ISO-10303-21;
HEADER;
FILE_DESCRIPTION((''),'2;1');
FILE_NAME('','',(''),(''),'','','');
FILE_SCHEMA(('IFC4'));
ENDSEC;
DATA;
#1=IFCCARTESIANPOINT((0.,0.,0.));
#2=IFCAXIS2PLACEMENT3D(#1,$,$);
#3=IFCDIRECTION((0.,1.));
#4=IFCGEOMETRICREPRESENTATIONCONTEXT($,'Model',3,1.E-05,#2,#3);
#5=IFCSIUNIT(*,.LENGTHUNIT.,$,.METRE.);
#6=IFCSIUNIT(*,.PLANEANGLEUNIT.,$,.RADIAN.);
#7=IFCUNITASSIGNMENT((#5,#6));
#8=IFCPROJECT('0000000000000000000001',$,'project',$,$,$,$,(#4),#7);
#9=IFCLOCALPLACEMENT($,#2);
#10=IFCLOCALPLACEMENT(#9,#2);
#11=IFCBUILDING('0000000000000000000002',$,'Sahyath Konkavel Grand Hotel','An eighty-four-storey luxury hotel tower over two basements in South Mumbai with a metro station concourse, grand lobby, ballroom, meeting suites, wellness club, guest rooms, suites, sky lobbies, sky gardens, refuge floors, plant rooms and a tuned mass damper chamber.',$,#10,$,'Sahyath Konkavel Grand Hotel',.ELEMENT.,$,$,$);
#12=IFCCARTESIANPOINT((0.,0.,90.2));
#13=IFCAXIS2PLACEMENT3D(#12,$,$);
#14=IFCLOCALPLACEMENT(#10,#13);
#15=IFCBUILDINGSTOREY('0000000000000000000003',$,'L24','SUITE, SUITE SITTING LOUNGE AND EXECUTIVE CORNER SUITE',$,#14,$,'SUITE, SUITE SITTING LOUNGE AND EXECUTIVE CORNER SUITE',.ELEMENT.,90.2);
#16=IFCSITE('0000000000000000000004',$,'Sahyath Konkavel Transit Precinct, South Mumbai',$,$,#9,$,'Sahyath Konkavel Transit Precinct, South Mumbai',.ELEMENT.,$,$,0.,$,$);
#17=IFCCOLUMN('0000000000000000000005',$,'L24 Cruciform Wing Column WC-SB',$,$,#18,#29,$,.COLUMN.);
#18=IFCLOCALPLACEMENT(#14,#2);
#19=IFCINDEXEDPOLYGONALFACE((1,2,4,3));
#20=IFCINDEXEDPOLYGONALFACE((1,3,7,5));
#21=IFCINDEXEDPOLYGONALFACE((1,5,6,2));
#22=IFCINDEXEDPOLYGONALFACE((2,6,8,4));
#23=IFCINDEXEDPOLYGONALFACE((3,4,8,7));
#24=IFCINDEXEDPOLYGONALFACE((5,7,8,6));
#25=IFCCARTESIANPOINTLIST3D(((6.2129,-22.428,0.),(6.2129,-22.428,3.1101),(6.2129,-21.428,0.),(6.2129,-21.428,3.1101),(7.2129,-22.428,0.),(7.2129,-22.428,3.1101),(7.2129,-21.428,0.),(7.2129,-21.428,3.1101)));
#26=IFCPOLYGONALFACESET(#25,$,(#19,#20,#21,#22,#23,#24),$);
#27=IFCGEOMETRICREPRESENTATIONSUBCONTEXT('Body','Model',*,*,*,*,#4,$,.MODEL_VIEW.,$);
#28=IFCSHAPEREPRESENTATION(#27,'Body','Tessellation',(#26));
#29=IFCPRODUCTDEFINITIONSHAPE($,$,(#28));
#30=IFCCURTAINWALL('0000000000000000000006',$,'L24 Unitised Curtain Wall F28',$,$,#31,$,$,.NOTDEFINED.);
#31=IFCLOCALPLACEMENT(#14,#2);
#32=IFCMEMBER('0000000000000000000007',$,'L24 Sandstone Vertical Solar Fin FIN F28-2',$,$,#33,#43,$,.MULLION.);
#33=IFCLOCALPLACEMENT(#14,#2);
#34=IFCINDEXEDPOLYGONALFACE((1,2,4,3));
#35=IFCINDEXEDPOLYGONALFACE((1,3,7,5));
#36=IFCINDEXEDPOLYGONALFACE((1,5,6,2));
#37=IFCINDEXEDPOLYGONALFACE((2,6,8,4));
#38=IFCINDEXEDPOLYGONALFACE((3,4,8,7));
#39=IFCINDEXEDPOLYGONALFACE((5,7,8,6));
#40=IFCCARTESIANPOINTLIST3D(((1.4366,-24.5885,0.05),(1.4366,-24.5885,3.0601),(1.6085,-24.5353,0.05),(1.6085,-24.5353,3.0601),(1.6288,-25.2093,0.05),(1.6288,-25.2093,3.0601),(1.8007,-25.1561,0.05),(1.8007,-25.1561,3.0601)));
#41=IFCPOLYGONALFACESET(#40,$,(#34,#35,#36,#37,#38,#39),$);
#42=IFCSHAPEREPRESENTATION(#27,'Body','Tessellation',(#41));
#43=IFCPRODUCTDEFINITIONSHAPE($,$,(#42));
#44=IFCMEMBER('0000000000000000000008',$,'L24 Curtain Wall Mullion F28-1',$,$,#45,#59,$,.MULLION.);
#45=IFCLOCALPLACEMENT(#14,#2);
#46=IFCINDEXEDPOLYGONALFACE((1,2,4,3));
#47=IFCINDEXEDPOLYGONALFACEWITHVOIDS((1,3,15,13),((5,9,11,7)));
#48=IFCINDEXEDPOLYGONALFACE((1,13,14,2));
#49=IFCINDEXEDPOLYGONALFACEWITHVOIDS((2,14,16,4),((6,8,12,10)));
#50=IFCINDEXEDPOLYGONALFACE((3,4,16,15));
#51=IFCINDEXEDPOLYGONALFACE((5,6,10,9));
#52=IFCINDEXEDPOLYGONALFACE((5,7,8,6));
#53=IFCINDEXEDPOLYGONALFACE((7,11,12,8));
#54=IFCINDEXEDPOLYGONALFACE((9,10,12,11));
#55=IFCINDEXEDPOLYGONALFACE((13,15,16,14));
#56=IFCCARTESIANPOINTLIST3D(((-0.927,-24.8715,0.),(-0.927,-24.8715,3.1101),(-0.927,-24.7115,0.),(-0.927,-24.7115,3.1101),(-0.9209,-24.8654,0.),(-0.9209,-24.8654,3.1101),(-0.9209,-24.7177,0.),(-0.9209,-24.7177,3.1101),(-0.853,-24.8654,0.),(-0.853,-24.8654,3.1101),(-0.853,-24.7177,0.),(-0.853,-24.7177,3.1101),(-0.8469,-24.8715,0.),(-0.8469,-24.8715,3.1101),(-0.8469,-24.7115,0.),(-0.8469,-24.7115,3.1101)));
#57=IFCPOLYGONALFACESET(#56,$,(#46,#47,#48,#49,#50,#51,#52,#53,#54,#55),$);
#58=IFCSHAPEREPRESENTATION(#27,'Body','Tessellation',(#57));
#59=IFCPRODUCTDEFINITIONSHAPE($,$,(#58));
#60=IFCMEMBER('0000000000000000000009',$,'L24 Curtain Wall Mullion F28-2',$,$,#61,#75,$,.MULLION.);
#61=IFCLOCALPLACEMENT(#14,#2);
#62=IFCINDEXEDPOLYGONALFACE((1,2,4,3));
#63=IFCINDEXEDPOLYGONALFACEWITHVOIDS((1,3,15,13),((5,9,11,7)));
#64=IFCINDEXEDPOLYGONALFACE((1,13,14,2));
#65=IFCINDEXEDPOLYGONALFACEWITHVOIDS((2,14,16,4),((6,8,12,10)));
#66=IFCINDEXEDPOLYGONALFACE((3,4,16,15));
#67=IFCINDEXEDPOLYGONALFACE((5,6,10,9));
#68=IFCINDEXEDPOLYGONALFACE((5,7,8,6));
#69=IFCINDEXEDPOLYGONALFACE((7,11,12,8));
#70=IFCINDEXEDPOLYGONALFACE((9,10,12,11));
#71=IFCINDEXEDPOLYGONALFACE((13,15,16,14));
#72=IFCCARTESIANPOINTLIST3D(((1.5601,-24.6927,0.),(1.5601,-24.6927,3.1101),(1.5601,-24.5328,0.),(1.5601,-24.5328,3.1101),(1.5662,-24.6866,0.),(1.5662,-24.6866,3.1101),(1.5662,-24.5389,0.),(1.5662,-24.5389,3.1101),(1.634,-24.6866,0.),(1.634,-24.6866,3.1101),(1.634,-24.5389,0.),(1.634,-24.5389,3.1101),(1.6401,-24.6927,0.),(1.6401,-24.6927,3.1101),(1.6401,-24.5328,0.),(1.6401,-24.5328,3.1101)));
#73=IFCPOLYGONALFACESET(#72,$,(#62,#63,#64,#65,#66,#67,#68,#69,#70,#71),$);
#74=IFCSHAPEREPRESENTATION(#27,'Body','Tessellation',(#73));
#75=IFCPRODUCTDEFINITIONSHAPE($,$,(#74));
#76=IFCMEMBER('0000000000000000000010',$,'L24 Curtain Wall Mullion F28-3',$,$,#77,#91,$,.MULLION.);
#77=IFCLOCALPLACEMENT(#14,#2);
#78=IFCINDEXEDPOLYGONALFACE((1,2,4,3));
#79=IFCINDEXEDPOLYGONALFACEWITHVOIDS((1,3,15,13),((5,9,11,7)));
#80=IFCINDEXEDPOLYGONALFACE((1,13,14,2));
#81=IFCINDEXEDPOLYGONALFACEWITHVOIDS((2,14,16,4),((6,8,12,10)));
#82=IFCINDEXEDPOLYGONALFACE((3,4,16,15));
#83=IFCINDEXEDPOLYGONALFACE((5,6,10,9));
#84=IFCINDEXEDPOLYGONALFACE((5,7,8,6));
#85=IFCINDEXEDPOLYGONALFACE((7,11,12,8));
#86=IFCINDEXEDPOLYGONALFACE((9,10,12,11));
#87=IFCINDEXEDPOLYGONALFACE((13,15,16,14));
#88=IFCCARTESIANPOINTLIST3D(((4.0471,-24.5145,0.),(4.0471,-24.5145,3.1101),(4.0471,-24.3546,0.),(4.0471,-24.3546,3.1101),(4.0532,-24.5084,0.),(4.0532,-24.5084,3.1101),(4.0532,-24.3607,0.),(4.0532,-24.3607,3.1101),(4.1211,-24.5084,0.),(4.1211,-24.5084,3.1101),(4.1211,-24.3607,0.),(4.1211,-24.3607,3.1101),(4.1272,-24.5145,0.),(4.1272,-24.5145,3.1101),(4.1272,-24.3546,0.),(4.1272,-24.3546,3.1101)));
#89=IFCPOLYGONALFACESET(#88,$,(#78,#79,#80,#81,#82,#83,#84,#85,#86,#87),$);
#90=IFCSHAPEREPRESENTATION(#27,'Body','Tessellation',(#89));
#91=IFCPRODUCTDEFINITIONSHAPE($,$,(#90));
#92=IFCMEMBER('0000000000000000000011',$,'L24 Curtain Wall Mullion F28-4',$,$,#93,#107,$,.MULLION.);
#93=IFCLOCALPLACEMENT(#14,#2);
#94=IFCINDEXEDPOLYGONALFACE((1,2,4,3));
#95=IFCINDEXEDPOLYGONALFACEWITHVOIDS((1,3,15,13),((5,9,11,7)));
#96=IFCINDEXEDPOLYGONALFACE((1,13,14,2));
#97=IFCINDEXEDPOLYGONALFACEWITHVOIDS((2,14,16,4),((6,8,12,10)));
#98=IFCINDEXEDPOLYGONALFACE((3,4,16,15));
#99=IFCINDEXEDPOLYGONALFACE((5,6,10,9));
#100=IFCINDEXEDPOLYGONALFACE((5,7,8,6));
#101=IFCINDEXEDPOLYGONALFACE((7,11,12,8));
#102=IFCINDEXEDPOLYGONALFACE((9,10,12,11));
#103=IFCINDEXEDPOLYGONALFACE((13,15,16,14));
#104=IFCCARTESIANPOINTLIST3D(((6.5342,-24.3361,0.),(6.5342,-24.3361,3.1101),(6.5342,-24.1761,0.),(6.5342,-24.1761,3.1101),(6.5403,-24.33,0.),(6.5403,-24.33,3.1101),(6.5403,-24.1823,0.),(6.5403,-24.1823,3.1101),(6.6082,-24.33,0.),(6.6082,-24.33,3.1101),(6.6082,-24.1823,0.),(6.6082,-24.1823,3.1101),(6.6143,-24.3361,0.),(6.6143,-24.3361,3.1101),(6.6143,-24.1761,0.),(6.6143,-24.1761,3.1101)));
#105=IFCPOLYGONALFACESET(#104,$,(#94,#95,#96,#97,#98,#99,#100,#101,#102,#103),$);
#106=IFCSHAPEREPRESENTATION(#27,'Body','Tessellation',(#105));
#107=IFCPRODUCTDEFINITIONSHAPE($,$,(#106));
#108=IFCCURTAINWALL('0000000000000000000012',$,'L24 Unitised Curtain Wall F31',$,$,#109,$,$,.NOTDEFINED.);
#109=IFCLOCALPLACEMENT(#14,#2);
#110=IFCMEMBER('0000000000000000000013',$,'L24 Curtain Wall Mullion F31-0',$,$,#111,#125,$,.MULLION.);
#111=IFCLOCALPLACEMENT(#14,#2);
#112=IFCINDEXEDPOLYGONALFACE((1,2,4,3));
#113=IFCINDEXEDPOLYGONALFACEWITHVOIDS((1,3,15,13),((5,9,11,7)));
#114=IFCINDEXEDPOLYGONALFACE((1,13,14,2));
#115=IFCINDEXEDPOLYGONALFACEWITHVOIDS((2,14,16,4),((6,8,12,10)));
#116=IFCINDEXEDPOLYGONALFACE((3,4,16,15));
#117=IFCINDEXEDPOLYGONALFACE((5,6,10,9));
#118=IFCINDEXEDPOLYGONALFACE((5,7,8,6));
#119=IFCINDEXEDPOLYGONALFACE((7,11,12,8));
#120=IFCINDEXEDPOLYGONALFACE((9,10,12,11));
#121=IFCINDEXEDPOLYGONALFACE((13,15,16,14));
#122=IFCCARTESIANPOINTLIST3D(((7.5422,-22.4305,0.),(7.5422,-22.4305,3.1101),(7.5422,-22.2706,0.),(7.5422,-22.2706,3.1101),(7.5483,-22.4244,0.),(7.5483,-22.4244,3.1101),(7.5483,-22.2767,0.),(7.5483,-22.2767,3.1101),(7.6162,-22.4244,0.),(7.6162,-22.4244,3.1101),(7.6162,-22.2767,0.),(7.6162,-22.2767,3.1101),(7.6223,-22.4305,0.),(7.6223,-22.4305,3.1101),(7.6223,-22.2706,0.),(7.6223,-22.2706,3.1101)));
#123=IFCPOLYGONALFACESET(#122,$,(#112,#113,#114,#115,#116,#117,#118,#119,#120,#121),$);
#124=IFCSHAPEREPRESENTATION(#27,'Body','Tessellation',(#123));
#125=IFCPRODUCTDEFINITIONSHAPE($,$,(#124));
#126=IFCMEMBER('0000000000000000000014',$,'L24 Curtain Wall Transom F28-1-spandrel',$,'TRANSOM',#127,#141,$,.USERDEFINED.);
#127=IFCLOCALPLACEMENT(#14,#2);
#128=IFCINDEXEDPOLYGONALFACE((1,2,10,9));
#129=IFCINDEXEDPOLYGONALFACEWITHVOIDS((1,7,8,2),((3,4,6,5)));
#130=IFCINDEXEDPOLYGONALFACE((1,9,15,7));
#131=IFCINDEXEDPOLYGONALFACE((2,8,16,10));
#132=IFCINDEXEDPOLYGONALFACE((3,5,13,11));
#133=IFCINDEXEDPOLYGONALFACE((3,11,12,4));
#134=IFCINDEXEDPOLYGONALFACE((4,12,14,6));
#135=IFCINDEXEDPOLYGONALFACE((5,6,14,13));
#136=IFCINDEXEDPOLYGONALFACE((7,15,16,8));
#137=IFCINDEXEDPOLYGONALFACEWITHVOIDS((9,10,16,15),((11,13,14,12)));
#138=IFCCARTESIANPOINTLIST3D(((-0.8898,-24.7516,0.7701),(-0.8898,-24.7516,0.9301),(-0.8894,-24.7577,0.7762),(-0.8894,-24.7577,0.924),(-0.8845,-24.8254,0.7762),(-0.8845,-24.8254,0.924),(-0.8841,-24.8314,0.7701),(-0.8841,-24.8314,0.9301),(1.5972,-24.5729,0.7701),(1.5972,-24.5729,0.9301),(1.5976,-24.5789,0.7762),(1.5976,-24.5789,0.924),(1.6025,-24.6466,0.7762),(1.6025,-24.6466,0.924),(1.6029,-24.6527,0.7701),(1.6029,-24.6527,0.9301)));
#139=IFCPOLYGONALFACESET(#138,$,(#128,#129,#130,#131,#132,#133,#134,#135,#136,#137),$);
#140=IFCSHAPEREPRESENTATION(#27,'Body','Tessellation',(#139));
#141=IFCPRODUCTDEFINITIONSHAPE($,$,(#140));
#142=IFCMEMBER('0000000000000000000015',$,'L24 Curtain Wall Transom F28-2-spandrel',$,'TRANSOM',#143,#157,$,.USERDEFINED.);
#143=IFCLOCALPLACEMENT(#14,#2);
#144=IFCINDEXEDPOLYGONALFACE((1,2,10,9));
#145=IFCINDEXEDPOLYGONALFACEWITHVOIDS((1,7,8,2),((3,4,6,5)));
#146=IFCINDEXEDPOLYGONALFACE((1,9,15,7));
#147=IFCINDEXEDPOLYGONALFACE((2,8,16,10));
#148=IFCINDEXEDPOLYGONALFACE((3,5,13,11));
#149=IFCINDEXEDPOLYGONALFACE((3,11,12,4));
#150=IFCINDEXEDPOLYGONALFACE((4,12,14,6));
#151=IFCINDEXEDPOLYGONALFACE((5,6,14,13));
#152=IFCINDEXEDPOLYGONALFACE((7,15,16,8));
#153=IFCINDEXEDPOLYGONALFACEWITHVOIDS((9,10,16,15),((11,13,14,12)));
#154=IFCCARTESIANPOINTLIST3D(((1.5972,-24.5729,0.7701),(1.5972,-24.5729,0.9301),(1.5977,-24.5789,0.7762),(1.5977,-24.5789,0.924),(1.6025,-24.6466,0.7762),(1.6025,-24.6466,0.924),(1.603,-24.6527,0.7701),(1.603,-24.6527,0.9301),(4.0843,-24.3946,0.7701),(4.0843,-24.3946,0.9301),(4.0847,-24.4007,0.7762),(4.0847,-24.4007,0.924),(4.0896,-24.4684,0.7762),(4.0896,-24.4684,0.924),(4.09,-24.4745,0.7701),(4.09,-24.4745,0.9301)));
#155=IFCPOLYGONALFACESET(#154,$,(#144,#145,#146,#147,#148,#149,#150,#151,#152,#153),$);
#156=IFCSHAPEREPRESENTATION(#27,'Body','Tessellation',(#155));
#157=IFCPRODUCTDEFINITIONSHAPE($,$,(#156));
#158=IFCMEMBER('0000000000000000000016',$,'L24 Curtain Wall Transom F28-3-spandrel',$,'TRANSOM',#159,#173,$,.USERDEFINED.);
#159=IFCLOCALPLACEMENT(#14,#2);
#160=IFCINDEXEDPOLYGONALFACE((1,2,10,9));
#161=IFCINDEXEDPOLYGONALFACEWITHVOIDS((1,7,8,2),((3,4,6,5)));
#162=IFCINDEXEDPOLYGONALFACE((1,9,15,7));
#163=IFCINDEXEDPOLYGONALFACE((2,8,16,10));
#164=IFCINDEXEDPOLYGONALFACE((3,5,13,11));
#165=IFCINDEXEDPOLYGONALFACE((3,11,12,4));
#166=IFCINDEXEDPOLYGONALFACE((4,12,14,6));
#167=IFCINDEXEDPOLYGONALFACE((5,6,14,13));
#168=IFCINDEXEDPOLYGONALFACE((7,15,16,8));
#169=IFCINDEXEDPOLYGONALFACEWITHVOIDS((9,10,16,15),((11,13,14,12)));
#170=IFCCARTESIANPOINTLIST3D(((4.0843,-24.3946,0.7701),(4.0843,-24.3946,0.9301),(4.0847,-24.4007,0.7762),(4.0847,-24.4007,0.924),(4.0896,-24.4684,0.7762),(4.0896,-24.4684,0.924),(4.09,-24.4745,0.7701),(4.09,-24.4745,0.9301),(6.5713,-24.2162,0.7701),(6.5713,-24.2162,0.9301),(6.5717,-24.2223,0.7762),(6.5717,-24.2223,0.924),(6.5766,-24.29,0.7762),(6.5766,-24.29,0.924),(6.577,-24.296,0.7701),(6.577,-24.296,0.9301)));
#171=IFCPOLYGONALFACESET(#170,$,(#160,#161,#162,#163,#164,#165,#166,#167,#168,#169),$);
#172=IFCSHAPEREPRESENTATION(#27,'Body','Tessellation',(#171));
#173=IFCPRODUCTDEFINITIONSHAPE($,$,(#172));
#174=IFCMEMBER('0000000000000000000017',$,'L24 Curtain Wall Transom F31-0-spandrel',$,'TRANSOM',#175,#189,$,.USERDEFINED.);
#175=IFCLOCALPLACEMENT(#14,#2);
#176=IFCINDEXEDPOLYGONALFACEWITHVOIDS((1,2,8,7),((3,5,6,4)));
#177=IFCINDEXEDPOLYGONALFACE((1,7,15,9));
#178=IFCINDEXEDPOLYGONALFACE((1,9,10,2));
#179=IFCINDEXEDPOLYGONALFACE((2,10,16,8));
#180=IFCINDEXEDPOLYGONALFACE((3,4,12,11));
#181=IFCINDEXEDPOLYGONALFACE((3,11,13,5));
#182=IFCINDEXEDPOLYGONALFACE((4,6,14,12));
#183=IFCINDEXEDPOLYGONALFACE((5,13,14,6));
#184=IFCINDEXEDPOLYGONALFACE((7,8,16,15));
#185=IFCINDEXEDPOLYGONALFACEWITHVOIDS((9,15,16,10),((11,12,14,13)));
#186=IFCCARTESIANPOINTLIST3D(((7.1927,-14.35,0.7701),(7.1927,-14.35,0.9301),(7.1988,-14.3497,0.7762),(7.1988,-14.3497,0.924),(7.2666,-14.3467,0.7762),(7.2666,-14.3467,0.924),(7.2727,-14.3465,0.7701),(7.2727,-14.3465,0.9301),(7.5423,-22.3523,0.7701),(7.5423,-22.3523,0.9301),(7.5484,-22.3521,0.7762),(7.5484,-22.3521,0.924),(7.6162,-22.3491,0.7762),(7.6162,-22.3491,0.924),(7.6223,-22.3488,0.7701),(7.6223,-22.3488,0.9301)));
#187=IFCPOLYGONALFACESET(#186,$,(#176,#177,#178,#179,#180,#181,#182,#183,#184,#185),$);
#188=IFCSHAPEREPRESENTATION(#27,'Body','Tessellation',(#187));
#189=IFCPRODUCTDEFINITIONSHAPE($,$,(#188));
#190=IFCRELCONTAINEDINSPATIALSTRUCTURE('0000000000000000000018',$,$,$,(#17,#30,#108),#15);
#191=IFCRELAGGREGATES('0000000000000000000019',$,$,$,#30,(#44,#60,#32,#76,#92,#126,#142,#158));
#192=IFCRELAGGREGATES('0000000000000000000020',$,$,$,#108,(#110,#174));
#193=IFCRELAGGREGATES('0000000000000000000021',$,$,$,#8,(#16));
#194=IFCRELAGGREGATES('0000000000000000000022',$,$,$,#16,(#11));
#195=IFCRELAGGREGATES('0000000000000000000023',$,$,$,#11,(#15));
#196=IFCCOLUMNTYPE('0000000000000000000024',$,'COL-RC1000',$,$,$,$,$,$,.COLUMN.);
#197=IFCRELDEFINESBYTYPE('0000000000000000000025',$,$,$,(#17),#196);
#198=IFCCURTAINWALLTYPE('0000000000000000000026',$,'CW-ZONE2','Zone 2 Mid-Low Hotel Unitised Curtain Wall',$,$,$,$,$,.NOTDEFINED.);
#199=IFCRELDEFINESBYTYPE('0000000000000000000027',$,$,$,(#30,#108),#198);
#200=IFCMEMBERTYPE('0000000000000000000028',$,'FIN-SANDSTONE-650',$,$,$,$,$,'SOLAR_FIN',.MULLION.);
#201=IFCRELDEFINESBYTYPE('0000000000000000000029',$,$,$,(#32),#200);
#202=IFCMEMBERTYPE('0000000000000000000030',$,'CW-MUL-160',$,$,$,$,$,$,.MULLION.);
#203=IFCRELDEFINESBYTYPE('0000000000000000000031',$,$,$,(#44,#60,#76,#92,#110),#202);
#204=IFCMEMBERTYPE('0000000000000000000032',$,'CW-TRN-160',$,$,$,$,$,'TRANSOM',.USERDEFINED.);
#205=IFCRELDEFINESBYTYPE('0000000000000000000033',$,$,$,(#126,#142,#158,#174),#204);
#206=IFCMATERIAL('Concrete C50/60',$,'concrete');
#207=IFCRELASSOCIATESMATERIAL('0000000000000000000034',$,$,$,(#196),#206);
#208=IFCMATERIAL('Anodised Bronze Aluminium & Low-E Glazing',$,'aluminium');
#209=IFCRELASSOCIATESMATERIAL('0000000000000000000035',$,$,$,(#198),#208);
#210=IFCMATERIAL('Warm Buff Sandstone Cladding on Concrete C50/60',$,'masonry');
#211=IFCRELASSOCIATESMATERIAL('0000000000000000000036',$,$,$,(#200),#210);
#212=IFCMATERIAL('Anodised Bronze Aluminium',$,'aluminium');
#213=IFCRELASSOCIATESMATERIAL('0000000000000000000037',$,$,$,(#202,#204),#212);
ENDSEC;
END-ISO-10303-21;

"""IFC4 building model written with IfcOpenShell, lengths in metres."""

from ifc_helpers import new_model, si_unit, direction, frame, origin, origin_2d, place, context, subcontext, project, spatial, rectangle, hollow_rectangle, extrude, source, transform, mapped, material, material_profile, profile_set, type_object, element, aggregate, save


model = new_model("IFC4")

# Units and contexts
model_context = context("Model", 3, precision=1e-05, world=origin(), true_north=direction((0.0, 1.0)))
body_context = subcontext(model_context, "Body", "Model", "MODEL_VIEW")
ifc_project = project(units=[si_unit("LENGTHUNIT", "METRE"), si_unit("PLANEANGLEUNIT", "RADIAN")], contexts=[model_context])

# Site, building, storey
site_placement = place(None, origin())
site = spatial("IfcSite", under=ifc_project, at=site_placement, Name="Sahyath Konkavel Transit Precinct, South Mumbai", LongName="Sahyath Konkavel Transit Precinct, South Mumbai", CompositionType="ELEMENT", RefElevation=0.0)
building_placement = place(site_placement, origin())
building = spatial("IfcBuilding", under=site, at=building_placement, Name="Sahyath Konkavel Grand Hotel", Description="An eighty-four-storey luxury hotel tower over two basements in South Mumbai with a metro station concourse, grand lobby, ballroom, meeting suites, wellness club, guest rooms, suites, sky lobbies, sky gardens, refuge floors, plant rooms and a tuned mass damper chamber.", LongName="Sahyath Konkavel Grand Hotel", CompositionType="ELEMENT")
storey_placement = place(building_placement, frame((0.0, 0.0, 90.2)))
storey = spatial("IfcBuildingStorey", under=building, at=storey_placement, Name="L24", Description="SUITE, SUITE SITTING LOUNGE AND EXECUTIVE CORNER SUITE", LongName="SUITE, SUITE SITTING LOUNGE AND EXECUTIVE CORNER SUITE", CompositionType="ELEMENT", Elevation=90.2)

# Column
ifc_material_1 = material(Name="Concrete C50/60", Category="concrete")
ifc_material_profile_1 = material_profile(ifc_material_1, rectangle(XDim=1.0, YDim=1.0, at=origin_2d()), Name="RC 1000x1000")
ifc_profile_set_1 = profile_set([ifc_material_profile_1], Name="Concrete C50/60")
column_type = type_object("IfcColumnType", Name="COL-RC1000", PredefinedType="COLUMN", material=ifc_profile_set_1)
shared_shape_1 = source(origin(), body_context, "Body", "SweptSolid", [
    extrude(rectangle(XDim=1.0, YDim=1.0, at=origin_2d()), origin(), (0.0, 0.0, 1.0), 3.1101),
])
column_placement = place(storey_placement, frame((6.7129, -21.928, 0.0), z_axis=(0.0, 0.0, 1.0), x_axis=(1.0, 0.0, 0.0)))
element("IfcColumn", 1, at=column_placement, inside=storey, type_object=column_type, Name="L24 Cruciform Wing Column WC-SB", PredefinedType="COLUMN", context=body_context, shape_type="MappedRepresentation", body=[
    mapped(shared_shape_1, transform((0.0, 0.0, 0.0), scale=1.0)),
])

# Curtain wall, members
ifc_material_2 = material(Name="Anodised Bronze Aluminium & Low-E Glazing", Category="aluminium")
curtain_wall_type = type_object("IfcCurtainWallType", Name="CW-ZONE2", Description="Zone 2 Mid-Low Hotel Unitised Curtain Wall", PredefinedType="NOTDEFINED", material=ifc_material_2)
curtain_wall_1_placement = place(storey_placement, origin())
curtain_wall_1 = element("IfcCurtainWall", 2, at=curtain_wall_1_placement, inside=storey, type_object=curtain_wall_type, Name="L24 Unitised Curtain Wall F28", PredefinedType="NOTDEFINED")
ifc_material_3 = material(Name="Warm Buff Sandstone Cladding on Concrete C50/60", Category="masonry")
ifc_material_profile_2 = material_profile(ifc_material_3, rectangle(XDim=0.1799, YDim=0.6499, at=origin_2d()), Name="FIN 180x650")
ifc_profile_set_2 = profile_set([ifc_material_profile_2], Name="Warm Buff Sandstone Cladding on Concrete C50/60")
member_type_1 = type_object("IfcMemberType", Name="FIN-SANDSTONE-650", ElementType="SOLAR_FIN", PredefinedType="MULLION", material=ifc_profile_set_2)
shared_shape_2 = source(origin(), body_context, "Body", "SweptSolid", [
    extrude(rectangle(XDim=0.1799, YDim=0.6499, at=origin_2d()), origin(), (0.0, 0.0, 1.0), 3.01),
])
member_1_placement = place(storey_placement, frame((1.6187, -24.8723, 0.05), z_axis=(0.0, 0.0, 1.0), x_axis=(0.955278, 0.295708, 0.0)))
member_1 = element("IfcMember", 3, at=member_1_placement, type_object=member_type_1, Name="L24 Sandstone Vertical Solar Fin FIN F28-2", PredefinedType="MULLION", context=body_context, shape_type="MappedRepresentation", body=[
    mapped(shared_shape_2, transform((0.0, 0.0, 0.0), scale=1.0)),
])
ifc_material_4 = material(Name="Anodised Bronze Aluminium", Category="aluminium")
ifc_material_profile_3 = material_profile(ifc_material_4, hollow_rectangle(XDim=0.0801, YDim=0.1599, WallThickness=0.0061, at=origin_2d()), Name="RHS 160x80x6")
ifc_profile_set_3 = profile_set([ifc_material_profile_3], Name="Anodised Bronze Aluminium")
member_type_2 = type_object("IfcMemberType", Name="CW-MUL-160", PredefinedType="MULLION", material=ifc_profile_set_3)
shared_shape_3 = source(origin(), body_context, "Body", "SweptSolid", [
    extrude(hollow_rectangle(XDim=0.0801, YDim=0.1599, WallThickness=0.0061, at=origin_2d()), origin(), (0.0, 0.0, 1.0), 3.1101),
])
member_2_placement = place(storey_placement, frame((-0.887, -24.7915, 0.0), z_axis=(0.0, 0.0, 1.0), x_axis=(1.0, 0.0, 0.0)))
member_2 = element("IfcMember", 4, at=member_2_placement, type_object=member_type_2, Name="L24 Curtain Wall Mullion F28-1", PredefinedType="MULLION", context=body_context, shape_type="MappedRepresentation", body=[
    mapped(shared_shape_3, transform((0.0, 0.0, 0.0), scale=1.0)),
])
member_3_placement = place(storey_placement, frame((1.6001, -24.6128, 0.0), z_axis=(0.0, 0.0, 1.0), x_axis=(1.0, 0.0, 0.0)))
member_3 = element("IfcMember", 5, at=member_3_placement, type_object=member_type_2, Name="L24 Curtain Wall Mullion F28-2", PredefinedType="MULLION", context=body_context, shape_type="MappedRepresentation", body=[
    mapped(shared_shape_3, transform((0.0, 0.0, 0.0), scale=1.0)),
])
member_4_placement = place(storey_placement, frame((4.0872, -24.4346, 0.0), z_axis=(0.0, 0.0, 1.0), x_axis=(1.0, 0.0, 0.0)))
member_4 = element("IfcMember", 6, at=member_4_placement, type_object=member_type_2, Name="L24 Curtain Wall Mullion F28-3", PredefinedType="MULLION", context=body_context, shape_type="MappedRepresentation", body=[
    mapped(shared_shape_3, transform((0.0, 0.0, 0.0), scale=1.0)),
])
member_5_placement = place(storey_placement, frame((6.5742, -24.2561, 0.0), z_axis=(0.0, 0.0, 1.0), x_axis=(1.0, 0.0, 0.0)))
member_5 = element("IfcMember", 7, at=member_5_placement, type_object=member_type_2, Name="L24 Curtain Wall Mullion F28-4", PredefinedType="MULLION", context=body_context, shape_type="MappedRepresentation", body=[
    mapped(shared_shape_3, transform((0.0, 0.0, 0.0), scale=1.0)),
])

# Curtain wall, member
curtain_wall_2_placement = place(storey_placement, origin())
curtain_wall_2 = element("IfcCurtainWall", 8, at=curtain_wall_2_placement, inside=storey, type_object=curtain_wall_type, Name="L24 Unitised Curtain Wall F31", PredefinedType="NOTDEFINED")
member_6_placement = place(storey_placement, frame((7.5823, -22.3506, 0.0), z_axis=(0.0, 0.0, 1.0), x_axis=(1.0, 0.0, 0.0)))
member_6 = element("IfcMember", 9, at=member_6_placement, type_object=member_type_2, Name="L24 Curtain Wall Mullion F31-0", PredefinedType="MULLION", context=body_context, shape_type="MappedRepresentation", body=[
    mapped(shared_shape_3, transform((0.0, 0.0, 0.0), scale=1.0)),
])

# Members
ifc_material_profile_4 = material_profile(ifc_material_4, hollow_rectangle(XDim=0.0801, YDim=0.1599, WallThickness=0.0061, at=origin_2d()), Name="RHS 160x80x6")
ifc_profile_set_4 = profile_set([ifc_material_profile_4], Name="Anodised Bronze Aluminium")
member_type_3 = type_object("IfcMemberType", Name="CW-TRN-160", ElementType="TRANSOM", PredefinedType="USERDEFINED", material=ifc_profile_set_4)
shared_shape_4 = source(origin(), body_context, "Body", "SweptSolid", [
    extrude(hollow_rectangle(XDim=0.0801, YDim=0.1599, WallThickness=0.0061, at=origin_2d()), origin(), (0.0, 0.0, 1.0), 2.4934),
])
member_7_placement = place(storey_placement, frame((-0.887, -24.7915, 0.8501), z_axis=(0.997428, 0.071671, 0.0), x_axis=(-0.071671, 0.997428, 0.0)))
member_7 = element("IfcMember", 10, at=member_7_placement, type_object=member_type_3, Name="L24 Curtain Wall Transom F28-1-spandrel", ObjectType="TRANSOM", PredefinedType="USERDEFINED", context=body_context, shape_type="MappedRepresentation", body=[
    mapped(shared_shape_4, transform((0.0, 0.0, 0.0), scale=1.0)),
])
member_8_placement = place(storey_placement, frame((1.6001, -24.6128, 0.8501), z_axis=(0.997442, 0.071477, 0.0), x_axis=(-0.071477, 0.997442, 0.0)))
member_8 = element("IfcMember", 11, at=member_8_placement, type_object=member_type_3, Name="L24 Curtain Wall Transom F28-2-spandrel", ObjectType="TRANSOM", PredefinedType="USERDEFINED", context=body_context, shape_type="MappedRepresentation", body=[
    mapped(shared_shape_4, transform((0.0, 0.0, 0.0), scale=1.0)),
])
member_9_placement = place(storey_placement, frame((4.0872, -24.4346, 0.8501), z_axis=(0.997435, 0.071574, 0.0), x_axis=(-0.071574, 0.997435, 0.0)))
member_9 = element("IfcMember", 12, at=member_9_placement, type_object=member_type_3, Name="L24 Curtain Wall Transom F28-3-spandrel", ObjectType="TRANSOM", PredefinedType="USERDEFINED", context=body_context, shape_type="MappedRepresentation", body=[
    mapped(shared_shape_4, transform((0.0, 0.0, 0.0), scale=1.0)),
])
shared_shape_5 = source(origin(), body_context, "Body", "SweptSolid", [
    extrude(hollow_rectangle(XDim=0.0801, YDim=0.1599, WallThickness=0.0061, at=origin_2d()), origin(), (0.0, 0.0, 1.0), 8.01),
])
member_10_placement = place(storey_placement, frame((7.5823, -22.3506, 0.8501), z_axis=(-0.043646, 0.999047, 0.0), x_axis=(-0.999047, -0.043646, 0.0)))
member_10 = element("IfcMember", 13, at=member_10_placement, type_object=member_type_3, Name="L24 Curtain Wall Transom F31-0-spandrel", ObjectType="TRANSOM", PredefinedType="USERDEFINED", context=body_context, shape_type="MappedRepresentation", body=[
    mapped(shared_shape_5, transform((0.0, 0.0, 0.0), scale=1.0)),
])

aggregate(curtain_wall_1, [member_2, member_3, member_1, member_4, member_5, member_7, member_8, member_9])
aggregate(curtain_wall_2, [member_6, member_10])

save(model, "model.ifc")
